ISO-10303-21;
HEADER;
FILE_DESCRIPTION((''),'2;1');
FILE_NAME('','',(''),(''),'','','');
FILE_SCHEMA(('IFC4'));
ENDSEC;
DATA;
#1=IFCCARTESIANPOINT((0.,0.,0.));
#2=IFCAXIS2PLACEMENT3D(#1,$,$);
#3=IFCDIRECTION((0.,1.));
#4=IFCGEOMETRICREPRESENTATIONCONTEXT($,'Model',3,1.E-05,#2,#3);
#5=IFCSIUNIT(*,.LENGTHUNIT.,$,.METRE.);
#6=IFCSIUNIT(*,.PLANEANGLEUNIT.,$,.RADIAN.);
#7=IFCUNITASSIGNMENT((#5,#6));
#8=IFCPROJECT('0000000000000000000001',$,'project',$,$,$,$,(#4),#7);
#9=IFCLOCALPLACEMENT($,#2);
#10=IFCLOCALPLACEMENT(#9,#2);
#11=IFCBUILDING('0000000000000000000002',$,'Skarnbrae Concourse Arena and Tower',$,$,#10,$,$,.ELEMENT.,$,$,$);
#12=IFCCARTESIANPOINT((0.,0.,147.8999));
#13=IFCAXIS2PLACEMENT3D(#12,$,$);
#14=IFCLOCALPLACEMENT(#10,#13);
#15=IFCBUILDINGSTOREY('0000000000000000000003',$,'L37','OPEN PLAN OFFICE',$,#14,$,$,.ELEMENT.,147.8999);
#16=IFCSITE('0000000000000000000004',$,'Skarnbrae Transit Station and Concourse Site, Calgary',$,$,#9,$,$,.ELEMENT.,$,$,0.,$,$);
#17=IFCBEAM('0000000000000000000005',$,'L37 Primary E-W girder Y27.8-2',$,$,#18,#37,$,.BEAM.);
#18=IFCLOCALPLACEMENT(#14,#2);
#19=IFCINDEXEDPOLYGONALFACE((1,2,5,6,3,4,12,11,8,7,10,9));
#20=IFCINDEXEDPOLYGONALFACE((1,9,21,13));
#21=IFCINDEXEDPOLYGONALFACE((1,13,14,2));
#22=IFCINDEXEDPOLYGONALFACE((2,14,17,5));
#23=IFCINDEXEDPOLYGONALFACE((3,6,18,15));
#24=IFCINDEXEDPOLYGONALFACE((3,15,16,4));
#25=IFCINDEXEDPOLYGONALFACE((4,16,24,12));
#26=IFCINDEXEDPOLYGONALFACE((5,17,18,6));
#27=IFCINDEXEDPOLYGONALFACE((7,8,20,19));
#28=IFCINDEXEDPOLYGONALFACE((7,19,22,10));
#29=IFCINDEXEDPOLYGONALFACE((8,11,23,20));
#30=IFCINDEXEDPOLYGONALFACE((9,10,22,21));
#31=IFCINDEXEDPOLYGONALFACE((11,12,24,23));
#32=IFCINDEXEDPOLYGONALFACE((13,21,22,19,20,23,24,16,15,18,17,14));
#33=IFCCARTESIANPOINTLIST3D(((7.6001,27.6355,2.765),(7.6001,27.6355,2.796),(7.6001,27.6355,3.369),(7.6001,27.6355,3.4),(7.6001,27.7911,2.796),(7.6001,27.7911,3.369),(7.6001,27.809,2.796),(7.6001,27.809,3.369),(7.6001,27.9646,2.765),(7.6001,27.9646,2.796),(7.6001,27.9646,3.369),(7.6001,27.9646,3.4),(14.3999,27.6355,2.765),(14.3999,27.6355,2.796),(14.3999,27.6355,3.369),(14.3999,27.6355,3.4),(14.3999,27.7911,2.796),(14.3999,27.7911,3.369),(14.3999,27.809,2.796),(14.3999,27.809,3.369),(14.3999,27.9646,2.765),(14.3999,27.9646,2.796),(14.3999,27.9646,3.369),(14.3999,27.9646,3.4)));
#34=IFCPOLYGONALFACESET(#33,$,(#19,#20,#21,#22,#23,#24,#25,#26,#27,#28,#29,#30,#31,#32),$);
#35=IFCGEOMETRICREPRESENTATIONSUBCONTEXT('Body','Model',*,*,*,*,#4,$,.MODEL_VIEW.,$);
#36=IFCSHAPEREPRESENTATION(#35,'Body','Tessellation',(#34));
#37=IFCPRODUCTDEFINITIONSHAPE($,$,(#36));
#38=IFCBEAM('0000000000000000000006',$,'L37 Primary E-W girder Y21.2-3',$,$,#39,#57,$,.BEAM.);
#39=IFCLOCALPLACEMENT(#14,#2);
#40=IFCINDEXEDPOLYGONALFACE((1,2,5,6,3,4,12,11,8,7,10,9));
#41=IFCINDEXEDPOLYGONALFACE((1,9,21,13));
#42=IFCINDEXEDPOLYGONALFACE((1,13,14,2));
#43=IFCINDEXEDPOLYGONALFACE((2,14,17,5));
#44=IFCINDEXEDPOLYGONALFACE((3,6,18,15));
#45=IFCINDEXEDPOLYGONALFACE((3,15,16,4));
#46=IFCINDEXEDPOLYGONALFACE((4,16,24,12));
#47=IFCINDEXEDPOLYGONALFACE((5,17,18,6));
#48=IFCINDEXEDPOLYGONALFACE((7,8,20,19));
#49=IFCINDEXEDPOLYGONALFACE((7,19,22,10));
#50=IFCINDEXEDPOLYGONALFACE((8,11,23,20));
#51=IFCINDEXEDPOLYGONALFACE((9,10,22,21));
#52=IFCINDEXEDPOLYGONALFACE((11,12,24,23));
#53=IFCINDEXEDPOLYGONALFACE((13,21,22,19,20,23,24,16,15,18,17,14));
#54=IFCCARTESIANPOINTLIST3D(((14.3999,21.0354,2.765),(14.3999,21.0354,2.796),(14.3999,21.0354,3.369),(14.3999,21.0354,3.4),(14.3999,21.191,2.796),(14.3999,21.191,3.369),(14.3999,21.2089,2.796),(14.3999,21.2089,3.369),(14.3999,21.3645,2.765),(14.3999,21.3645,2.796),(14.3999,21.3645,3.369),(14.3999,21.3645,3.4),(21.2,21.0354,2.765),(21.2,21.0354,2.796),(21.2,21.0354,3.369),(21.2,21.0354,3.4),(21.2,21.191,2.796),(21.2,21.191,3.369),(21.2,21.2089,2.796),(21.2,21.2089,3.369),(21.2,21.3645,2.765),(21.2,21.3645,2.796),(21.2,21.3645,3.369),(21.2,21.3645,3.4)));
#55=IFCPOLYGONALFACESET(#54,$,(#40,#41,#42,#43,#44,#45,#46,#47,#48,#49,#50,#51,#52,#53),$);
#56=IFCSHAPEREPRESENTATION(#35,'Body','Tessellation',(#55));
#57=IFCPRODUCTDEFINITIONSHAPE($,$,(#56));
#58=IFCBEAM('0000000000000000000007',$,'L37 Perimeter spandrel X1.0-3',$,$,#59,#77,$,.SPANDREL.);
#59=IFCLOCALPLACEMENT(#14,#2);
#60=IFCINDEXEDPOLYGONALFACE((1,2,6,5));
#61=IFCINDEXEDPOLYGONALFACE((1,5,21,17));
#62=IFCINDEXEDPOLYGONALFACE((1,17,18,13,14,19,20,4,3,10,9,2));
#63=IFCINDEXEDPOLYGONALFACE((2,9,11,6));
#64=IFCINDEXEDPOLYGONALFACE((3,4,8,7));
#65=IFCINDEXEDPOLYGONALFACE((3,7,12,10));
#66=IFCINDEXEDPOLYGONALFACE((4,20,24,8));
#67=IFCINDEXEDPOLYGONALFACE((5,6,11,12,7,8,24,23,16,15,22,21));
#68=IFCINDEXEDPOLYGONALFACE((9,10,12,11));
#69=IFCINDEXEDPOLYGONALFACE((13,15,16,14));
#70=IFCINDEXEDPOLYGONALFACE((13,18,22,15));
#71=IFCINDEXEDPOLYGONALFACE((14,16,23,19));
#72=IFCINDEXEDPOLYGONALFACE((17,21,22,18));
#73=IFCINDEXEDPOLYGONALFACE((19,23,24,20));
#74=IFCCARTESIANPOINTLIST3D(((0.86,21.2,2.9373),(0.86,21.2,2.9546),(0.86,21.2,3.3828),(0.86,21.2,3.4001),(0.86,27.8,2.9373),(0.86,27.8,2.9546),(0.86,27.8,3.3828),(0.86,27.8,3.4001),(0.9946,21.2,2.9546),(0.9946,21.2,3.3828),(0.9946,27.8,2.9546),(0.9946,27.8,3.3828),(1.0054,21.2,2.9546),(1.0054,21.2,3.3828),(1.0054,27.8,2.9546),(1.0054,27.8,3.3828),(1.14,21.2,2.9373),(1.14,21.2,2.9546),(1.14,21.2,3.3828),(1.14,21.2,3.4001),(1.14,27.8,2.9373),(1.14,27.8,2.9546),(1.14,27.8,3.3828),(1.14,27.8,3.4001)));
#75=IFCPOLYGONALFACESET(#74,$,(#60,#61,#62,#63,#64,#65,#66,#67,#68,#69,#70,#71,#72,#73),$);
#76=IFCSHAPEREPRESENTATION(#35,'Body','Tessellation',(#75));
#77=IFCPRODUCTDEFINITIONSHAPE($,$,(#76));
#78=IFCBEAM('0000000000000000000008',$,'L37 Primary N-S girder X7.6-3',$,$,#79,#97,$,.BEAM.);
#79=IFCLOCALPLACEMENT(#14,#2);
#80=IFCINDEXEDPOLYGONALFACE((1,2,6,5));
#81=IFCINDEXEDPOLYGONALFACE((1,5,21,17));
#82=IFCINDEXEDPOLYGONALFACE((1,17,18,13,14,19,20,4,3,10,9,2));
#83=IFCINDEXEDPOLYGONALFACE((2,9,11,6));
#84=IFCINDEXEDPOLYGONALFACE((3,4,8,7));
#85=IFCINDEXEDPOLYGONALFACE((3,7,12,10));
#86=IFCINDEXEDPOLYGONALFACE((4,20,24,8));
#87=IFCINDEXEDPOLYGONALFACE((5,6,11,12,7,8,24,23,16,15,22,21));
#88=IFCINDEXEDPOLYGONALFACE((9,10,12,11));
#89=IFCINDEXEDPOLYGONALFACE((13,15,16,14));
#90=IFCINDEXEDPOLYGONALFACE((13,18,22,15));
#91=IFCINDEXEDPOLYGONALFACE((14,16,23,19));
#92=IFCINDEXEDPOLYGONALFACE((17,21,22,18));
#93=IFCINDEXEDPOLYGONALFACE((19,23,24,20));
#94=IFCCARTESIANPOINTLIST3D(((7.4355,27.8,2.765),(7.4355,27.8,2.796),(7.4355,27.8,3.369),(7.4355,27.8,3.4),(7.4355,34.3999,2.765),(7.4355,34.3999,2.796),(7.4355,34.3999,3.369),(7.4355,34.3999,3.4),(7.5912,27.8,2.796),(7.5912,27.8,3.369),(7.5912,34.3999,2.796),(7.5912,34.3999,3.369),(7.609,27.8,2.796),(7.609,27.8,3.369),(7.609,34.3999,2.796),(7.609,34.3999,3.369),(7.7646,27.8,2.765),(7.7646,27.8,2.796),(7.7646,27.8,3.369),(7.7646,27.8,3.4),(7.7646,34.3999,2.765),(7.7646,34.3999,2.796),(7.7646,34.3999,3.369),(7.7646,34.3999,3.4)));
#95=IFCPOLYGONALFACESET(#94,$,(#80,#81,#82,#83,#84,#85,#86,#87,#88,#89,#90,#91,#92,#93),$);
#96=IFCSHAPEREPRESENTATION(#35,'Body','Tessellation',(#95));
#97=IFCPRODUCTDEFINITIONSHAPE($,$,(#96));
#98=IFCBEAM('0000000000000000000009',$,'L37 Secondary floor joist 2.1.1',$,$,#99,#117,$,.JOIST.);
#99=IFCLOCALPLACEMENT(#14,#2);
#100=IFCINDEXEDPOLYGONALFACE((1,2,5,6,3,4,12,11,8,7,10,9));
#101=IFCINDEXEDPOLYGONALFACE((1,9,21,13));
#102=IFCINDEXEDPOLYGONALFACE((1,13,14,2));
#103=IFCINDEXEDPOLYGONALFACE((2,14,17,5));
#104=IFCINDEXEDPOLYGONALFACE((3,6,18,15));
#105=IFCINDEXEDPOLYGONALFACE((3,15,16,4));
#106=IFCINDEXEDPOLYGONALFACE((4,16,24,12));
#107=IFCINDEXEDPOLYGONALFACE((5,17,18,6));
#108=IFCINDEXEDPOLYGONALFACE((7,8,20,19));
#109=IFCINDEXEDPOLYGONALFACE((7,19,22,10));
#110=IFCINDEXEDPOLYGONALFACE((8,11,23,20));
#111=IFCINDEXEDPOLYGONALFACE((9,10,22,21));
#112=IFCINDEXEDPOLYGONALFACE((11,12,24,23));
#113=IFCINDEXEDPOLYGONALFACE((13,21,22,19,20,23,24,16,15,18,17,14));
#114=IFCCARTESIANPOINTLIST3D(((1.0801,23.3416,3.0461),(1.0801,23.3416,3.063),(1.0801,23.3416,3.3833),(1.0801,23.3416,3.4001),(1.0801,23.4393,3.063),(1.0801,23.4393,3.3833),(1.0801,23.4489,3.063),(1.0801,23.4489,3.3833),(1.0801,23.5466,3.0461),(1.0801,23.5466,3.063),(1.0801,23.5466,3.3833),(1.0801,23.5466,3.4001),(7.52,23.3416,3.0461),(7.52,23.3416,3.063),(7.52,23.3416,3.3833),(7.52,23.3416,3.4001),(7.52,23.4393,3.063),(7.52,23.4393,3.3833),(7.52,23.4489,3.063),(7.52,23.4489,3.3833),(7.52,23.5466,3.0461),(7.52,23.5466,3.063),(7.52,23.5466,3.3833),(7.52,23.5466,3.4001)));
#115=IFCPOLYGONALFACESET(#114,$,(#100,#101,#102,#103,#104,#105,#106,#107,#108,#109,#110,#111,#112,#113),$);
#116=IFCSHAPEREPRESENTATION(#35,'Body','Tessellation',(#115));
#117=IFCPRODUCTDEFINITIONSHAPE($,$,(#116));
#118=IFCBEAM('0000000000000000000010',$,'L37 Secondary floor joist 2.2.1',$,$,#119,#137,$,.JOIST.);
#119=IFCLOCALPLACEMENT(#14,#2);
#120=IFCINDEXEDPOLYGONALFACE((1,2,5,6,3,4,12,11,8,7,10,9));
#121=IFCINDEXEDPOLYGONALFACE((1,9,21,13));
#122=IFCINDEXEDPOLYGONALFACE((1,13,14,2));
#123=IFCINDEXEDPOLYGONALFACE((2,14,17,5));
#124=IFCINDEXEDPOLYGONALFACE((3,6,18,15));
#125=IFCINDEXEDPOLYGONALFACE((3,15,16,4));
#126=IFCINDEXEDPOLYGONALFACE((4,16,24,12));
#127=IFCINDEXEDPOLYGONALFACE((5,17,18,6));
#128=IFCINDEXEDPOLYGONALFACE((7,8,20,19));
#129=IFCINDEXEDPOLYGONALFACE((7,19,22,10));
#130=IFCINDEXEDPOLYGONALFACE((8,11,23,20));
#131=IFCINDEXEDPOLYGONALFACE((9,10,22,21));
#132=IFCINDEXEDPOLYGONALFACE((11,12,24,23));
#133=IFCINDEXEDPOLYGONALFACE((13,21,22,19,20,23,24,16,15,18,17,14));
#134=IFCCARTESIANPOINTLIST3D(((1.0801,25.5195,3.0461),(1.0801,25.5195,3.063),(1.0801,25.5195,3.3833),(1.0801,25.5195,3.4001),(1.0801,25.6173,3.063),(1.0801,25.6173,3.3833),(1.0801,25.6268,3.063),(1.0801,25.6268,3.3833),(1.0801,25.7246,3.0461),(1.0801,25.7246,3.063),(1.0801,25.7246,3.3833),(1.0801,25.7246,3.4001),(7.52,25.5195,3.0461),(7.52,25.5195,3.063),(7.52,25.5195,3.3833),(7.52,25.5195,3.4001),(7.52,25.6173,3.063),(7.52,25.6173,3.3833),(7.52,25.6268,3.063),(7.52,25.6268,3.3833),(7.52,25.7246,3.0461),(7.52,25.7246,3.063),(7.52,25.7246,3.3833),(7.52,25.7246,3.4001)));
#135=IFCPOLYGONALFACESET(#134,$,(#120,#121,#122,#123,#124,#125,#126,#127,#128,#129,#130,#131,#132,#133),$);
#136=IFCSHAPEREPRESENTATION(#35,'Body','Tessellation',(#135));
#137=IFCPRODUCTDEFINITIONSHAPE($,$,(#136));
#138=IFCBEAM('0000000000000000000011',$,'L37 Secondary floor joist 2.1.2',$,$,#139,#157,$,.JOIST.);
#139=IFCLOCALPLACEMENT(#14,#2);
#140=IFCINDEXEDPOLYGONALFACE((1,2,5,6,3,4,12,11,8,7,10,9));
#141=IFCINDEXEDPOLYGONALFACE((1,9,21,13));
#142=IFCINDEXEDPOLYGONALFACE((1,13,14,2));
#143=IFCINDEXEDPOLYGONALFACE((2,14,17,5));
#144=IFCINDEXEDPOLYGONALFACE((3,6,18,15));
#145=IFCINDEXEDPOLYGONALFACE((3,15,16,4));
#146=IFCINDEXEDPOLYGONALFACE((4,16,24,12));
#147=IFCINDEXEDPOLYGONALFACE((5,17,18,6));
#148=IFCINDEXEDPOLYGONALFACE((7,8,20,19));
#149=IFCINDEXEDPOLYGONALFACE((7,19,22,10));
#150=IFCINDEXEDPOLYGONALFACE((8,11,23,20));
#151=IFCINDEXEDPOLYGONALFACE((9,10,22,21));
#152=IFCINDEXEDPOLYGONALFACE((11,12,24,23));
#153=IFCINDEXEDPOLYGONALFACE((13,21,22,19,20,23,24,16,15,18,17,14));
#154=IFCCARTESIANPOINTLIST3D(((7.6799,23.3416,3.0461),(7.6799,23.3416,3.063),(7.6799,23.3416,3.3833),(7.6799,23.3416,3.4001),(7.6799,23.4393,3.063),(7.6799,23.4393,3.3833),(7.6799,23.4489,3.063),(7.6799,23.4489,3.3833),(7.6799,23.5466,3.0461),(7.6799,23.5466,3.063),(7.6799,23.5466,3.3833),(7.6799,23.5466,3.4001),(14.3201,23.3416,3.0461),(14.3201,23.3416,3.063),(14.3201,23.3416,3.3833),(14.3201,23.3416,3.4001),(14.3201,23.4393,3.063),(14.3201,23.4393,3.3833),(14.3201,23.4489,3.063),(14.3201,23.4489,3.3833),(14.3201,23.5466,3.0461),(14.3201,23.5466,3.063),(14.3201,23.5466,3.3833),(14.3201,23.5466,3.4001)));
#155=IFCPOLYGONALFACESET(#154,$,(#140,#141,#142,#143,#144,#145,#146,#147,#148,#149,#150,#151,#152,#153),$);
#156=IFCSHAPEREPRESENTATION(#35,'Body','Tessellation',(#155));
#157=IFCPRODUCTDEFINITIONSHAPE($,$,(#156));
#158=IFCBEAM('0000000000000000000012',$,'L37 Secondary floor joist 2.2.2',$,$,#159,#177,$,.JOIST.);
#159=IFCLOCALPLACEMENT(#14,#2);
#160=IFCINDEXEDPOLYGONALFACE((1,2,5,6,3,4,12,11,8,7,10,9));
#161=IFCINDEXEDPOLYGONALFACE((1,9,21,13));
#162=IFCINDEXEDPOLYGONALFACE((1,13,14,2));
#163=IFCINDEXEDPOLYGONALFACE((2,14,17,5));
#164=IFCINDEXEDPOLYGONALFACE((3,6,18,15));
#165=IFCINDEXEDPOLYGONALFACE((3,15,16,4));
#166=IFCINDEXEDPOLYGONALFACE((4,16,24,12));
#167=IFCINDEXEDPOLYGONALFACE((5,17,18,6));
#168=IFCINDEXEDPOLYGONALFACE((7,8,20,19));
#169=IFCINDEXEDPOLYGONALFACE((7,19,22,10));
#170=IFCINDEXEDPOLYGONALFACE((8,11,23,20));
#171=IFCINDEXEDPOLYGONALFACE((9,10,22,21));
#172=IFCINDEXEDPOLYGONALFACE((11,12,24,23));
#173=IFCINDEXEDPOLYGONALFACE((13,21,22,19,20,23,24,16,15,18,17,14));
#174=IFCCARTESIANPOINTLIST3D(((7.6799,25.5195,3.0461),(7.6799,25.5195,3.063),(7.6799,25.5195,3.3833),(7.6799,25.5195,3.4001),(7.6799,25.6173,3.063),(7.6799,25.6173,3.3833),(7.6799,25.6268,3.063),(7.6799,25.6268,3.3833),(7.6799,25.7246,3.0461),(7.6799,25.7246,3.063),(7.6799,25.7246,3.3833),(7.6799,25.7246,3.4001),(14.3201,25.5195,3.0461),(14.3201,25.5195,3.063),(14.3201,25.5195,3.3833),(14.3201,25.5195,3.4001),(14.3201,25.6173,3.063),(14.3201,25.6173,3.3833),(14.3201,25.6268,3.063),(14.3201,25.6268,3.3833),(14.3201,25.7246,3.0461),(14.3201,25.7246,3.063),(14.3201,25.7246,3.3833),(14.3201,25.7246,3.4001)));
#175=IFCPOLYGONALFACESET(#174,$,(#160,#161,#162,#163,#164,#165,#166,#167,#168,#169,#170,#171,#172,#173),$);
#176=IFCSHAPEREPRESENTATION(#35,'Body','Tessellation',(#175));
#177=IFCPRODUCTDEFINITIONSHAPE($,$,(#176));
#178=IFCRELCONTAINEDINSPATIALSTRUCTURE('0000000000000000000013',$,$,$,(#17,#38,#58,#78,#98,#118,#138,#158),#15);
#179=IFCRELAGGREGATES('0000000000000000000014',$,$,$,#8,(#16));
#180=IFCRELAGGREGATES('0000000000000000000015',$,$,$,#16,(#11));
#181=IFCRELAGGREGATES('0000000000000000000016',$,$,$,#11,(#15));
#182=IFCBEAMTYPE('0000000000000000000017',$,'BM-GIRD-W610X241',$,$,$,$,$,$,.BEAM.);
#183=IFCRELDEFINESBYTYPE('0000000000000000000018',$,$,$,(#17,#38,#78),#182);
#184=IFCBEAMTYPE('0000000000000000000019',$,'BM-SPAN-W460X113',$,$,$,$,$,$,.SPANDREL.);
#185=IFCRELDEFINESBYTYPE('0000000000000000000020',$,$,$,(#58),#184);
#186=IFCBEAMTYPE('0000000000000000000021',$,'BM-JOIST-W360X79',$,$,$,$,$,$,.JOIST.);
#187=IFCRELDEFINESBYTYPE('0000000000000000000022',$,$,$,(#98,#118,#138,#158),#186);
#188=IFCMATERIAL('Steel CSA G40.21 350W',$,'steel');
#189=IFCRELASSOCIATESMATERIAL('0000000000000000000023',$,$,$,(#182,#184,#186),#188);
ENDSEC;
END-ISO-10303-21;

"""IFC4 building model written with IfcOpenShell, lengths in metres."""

from ifc_helpers import new_model, si_unit, direction, frame, origin, origin_2d, place, context, subcontext, project, spatial, i_section, extrude, source, transform, mapped, material, material_profile, profile_set, type_object, element, save


model = new_model("IFC4")

# Units and contexts
model_context = context("Model", 3, precision=1e-05, world=origin(), true_north=direction((0.0, 1.0)))
body_context = subcontext(model_context, "Body", "Model", "MODEL_VIEW")
ifc_project = project(units=[si_unit("LENGTHUNIT", "METRE"), si_unit("PLANEANGLEUNIT", "RADIAN")], contexts=[model_context])

# Site, building, storey
site_placement = place(None, origin())
site = spatial("IfcSite", under=ifc_project, at=site_placement, Name="Skarnbrae Transit Station and Concourse Site, Calgary", CompositionType="ELEMENT", RefElevation=0.0)
building_placement = place(site_placement, origin())
building = spatial("IfcBuilding", under=site, at=building_placement, Name="Skarnbrae Concourse Arena and Tower", CompositionType="ELEMENT")
storey_placement = place(building_placement, frame((0.0, 0.0, 147.8999)))
storey = spatial("IfcBuildingStorey", under=building, at=storey_placement, Name="L37", Description="OPEN PLAN OFFICE", CompositionType="ELEMENT", Elevation=147.8999)

# Shared definitions
ifc_material_1 = material(Name="Steel CSA G40.21 350W", Category="steel")

# Beams
ifc_material_profile_1 = material_profile(ifc_material_1, i_section(OverallWidth=0.3291, OverallDepth=0.635, WebThickness=0.0178, FlangeThickness=0.031, at=origin_2d()), Name="W610X241")
ifc_profile_set_1 = profile_set([ifc_material_profile_1], Name="Steel CSA G40.21 350W")
beam_type_1 = type_object("IfcBeamType", Name="BM-GIRD-W610X241", PredefinedType="BEAM", material=ifc_profile_set_1)
shared_shape_1 = source(origin(), body_context, "Body", "SweptSolid", [
    extrude(i_section(OverallWidth=0.3291, OverallDepth=0.635, WebThickness=0.0178, FlangeThickness=0.031, at=origin_2d()), origin(), (0.0, 0.0, 1.0), 6.7998),
])
for number, where, z_axis, x_axis, name in (
    (1, (7.6001, 27.8, 3.0825), (1.0, 0.0, 0.0), (0.0, 1.0, 0.0), "L37 Primary E-W girder Y27.8-2"),
):
    element("IfcBeam", number, at=place(storey_placement, frame(where, z_axis=z_axis, x_axis=x_axis)), inside=storey, type_object=beam_type_1, Name=name, PredefinedType="BEAM", context=body_context, shape_type="MappedRepresentation", body=[
        mapped(shared_shape_1, transform((0.0, 0.0, 0.0))),
    ])
shared_shape_2 = source(origin(), body_context, "Body", "SweptSolid", [
    extrude(i_section(OverallWidth=0.3291, OverallDepth=0.635, WebThickness=0.0178, FlangeThickness=0.031, at=origin_2d()), origin(), (0.0, 0.0, 1.0), 6.8),
])
beam_1_placement = place(storey_placement, frame((14.3999, 21.2, 3.0825), z_axis=(1.0, 0.0, 0.0), x_axis=(0.0, 1.0, 0.0)))
element("IfcBeam", 2, at=beam_1_placement, inside=storey, type_object=beam_type_1, Name="L37 Primary E-W girder Y21.2-3", PredefinedType="BEAM", context=body_context, shape_type="MappedRepresentation", body=[
    mapped(shared_shape_2, transform((0.0, 0.0, 0.0))),
])
ifc_material_profile_2 = material_profile(ifc_material_1, i_section(OverallWidth=0.28, OverallDepth=0.4629, WebThickness=0.0107, FlangeThickness=0.0173, at=origin_2d()), Name="W460X113")
ifc_profile_set_2 = profile_set([ifc_material_profile_2], Name="Steel CSA G40.21 350W")
beam_type_2 = type_object("IfcBeamType", Name="BM-SPAN-W460X113", PredefinedType="SPANDREL", material=ifc_profile_set_2)
shared_shape_3 = source(origin(), body_context, "Body", "SweptSolid", [
    extrude(i_section(OverallWidth=0.28, OverallDepth=0.4629, WebThickness=0.0107, FlangeThickness=0.0173, at=origin_2d()), origin(), (0.0, 0.0, 1.0), 6.6001),
])
beam_2_placement = place(storey_placement, frame((1.0, 21.2, 3.1687), z_axis=(0.0, 1.0, 0.0), x_axis=(-1.0, 0.0, 0.0)))
element("IfcBeam", 3, at=beam_2_placement, inside=storey, type_object=beam_type_2, Name="L37 Perimeter spandrel X1.0-3", PredefinedType="SPANDREL", context=body_context, shape_type="MappedRepresentation", body=[
    mapped(shared_shape_3, transform((0.0, 0.0, 0.0))),
])
shared_shape_4 = source(origin(), body_context, "Body", "SweptSolid", [
    extrude(i_section(OverallWidth=0.3291, OverallDepth=0.635, WebThickness=0.0178, FlangeThickness=0.031, at=origin_2d()), origin(), (0.0, 0.0, 1.0), 6.5999),
])
beam_3_placement = place(storey_placement, frame((7.6001, 27.8, 3.0825), z_axis=(0.0, 1.0, 0.0), x_axis=(-1.0, 0.0, 0.0)))
element("IfcBeam", 4, at=beam_3_placement, inside=storey, type_object=beam_type_1, Name="L37 Primary N-S girder X7.6-3", PredefinedType="BEAM", context=body_context, shape_type="MappedRepresentation", body=[
    mapped(shared_shape_4, transform((0.0, 0.0, 0.0))),
])
ifc_material_profile_3 = material_profile(ifc_material_1, i_section(OverallWidth=0.2051, OverallDepth=0.354, WebThickness=0.0095, FlangeThickness=0.0168, at=origin_2d()), Name="W360X79")
ifc_profile_set_3 = profile_set([ifc_material_profile_3], Name="Steel CSA G40.21 350W")
beam_type_3 = type_object("IfcBeamType", Name="BM-JOIST-W360X79", PredefinedType="JOIST", material=ifc_profile_set_3)
shared_shape_5 = source(origin(), body_context, "Body", "SweptSolid", [
    extrude(i_section(OverallWidth=0.2051, OverallDepth=0.354, WebThickness=0.0095, FlangeThickness=0.0168, at=origin_2d()), origin(), (0.0, 0.0, 1.0), 6.4399),
])
for number, where, z_axis, x_axis, name in (
    (5, (1.0801, 23.4441, 3.2231), (1.0, 0.0, 0.0), (0.0, 1.0, 0.0), "L37 Secondary floor joist 2.1.1"),
    (6, (1.0801, 25.6221, 3.2231), (1.0, 0.0, 0.0), (0.0, 1.0, 0.0), "L37 Secondary floor joist 2.2.1"),
):
    element("IfcBeam", number, at=place(storey_placement, frame(where, z_axis=z_axis, x_axis=x_axis)), inside=storey, type_object=beam_type_3, Name=name, PredefinedType="JOIST", context=body_context, shape_type="MappedRepresentation", body=[
        mapped(shared_shape_5, transform((0.0, 0.0, 0.0))),
    ])
shared_shape_6 = source(origin(), body_context, "Body", "SweptSolid", [
    extrude(i_section(OverallWidth=0.2051, OverallDepth=0.354, WebThickness=0.0095, FlangeThickness=0.0168, at=origin_2d()), origin(), (0.0, 0.0, 1.0), 6.6401),
])
for number, where, z_axis, x_axis, name in (
    (7, (7.6799, 23.4441, 3.2231), (1.0, 0.0, 0.0), (0.0, 1.0, 0.0), "L37 Secondary floor joist 2.1.2"),
    (8, (7.6799, 25.6221, 3.2231), (1.0, 0.0, 0.0), (0.0, 1.0, 0.0), "L37 Secondary floor joist 2.2.2"),
):
    element("IfcBeam", number, at=place(storey_placement, frame(where, z_axis=z_axis, x_axis=x_axis)), inside=storey, type_object=beam_type_3, Name=name, PredefinedType="JOIST", context=body_context, shape_type="MappedRepresentation", body=[
        mapped(shared_shape_6, transform((0.0, 0.0, 0.0))),
    ])

save(model, "model.ifc")
